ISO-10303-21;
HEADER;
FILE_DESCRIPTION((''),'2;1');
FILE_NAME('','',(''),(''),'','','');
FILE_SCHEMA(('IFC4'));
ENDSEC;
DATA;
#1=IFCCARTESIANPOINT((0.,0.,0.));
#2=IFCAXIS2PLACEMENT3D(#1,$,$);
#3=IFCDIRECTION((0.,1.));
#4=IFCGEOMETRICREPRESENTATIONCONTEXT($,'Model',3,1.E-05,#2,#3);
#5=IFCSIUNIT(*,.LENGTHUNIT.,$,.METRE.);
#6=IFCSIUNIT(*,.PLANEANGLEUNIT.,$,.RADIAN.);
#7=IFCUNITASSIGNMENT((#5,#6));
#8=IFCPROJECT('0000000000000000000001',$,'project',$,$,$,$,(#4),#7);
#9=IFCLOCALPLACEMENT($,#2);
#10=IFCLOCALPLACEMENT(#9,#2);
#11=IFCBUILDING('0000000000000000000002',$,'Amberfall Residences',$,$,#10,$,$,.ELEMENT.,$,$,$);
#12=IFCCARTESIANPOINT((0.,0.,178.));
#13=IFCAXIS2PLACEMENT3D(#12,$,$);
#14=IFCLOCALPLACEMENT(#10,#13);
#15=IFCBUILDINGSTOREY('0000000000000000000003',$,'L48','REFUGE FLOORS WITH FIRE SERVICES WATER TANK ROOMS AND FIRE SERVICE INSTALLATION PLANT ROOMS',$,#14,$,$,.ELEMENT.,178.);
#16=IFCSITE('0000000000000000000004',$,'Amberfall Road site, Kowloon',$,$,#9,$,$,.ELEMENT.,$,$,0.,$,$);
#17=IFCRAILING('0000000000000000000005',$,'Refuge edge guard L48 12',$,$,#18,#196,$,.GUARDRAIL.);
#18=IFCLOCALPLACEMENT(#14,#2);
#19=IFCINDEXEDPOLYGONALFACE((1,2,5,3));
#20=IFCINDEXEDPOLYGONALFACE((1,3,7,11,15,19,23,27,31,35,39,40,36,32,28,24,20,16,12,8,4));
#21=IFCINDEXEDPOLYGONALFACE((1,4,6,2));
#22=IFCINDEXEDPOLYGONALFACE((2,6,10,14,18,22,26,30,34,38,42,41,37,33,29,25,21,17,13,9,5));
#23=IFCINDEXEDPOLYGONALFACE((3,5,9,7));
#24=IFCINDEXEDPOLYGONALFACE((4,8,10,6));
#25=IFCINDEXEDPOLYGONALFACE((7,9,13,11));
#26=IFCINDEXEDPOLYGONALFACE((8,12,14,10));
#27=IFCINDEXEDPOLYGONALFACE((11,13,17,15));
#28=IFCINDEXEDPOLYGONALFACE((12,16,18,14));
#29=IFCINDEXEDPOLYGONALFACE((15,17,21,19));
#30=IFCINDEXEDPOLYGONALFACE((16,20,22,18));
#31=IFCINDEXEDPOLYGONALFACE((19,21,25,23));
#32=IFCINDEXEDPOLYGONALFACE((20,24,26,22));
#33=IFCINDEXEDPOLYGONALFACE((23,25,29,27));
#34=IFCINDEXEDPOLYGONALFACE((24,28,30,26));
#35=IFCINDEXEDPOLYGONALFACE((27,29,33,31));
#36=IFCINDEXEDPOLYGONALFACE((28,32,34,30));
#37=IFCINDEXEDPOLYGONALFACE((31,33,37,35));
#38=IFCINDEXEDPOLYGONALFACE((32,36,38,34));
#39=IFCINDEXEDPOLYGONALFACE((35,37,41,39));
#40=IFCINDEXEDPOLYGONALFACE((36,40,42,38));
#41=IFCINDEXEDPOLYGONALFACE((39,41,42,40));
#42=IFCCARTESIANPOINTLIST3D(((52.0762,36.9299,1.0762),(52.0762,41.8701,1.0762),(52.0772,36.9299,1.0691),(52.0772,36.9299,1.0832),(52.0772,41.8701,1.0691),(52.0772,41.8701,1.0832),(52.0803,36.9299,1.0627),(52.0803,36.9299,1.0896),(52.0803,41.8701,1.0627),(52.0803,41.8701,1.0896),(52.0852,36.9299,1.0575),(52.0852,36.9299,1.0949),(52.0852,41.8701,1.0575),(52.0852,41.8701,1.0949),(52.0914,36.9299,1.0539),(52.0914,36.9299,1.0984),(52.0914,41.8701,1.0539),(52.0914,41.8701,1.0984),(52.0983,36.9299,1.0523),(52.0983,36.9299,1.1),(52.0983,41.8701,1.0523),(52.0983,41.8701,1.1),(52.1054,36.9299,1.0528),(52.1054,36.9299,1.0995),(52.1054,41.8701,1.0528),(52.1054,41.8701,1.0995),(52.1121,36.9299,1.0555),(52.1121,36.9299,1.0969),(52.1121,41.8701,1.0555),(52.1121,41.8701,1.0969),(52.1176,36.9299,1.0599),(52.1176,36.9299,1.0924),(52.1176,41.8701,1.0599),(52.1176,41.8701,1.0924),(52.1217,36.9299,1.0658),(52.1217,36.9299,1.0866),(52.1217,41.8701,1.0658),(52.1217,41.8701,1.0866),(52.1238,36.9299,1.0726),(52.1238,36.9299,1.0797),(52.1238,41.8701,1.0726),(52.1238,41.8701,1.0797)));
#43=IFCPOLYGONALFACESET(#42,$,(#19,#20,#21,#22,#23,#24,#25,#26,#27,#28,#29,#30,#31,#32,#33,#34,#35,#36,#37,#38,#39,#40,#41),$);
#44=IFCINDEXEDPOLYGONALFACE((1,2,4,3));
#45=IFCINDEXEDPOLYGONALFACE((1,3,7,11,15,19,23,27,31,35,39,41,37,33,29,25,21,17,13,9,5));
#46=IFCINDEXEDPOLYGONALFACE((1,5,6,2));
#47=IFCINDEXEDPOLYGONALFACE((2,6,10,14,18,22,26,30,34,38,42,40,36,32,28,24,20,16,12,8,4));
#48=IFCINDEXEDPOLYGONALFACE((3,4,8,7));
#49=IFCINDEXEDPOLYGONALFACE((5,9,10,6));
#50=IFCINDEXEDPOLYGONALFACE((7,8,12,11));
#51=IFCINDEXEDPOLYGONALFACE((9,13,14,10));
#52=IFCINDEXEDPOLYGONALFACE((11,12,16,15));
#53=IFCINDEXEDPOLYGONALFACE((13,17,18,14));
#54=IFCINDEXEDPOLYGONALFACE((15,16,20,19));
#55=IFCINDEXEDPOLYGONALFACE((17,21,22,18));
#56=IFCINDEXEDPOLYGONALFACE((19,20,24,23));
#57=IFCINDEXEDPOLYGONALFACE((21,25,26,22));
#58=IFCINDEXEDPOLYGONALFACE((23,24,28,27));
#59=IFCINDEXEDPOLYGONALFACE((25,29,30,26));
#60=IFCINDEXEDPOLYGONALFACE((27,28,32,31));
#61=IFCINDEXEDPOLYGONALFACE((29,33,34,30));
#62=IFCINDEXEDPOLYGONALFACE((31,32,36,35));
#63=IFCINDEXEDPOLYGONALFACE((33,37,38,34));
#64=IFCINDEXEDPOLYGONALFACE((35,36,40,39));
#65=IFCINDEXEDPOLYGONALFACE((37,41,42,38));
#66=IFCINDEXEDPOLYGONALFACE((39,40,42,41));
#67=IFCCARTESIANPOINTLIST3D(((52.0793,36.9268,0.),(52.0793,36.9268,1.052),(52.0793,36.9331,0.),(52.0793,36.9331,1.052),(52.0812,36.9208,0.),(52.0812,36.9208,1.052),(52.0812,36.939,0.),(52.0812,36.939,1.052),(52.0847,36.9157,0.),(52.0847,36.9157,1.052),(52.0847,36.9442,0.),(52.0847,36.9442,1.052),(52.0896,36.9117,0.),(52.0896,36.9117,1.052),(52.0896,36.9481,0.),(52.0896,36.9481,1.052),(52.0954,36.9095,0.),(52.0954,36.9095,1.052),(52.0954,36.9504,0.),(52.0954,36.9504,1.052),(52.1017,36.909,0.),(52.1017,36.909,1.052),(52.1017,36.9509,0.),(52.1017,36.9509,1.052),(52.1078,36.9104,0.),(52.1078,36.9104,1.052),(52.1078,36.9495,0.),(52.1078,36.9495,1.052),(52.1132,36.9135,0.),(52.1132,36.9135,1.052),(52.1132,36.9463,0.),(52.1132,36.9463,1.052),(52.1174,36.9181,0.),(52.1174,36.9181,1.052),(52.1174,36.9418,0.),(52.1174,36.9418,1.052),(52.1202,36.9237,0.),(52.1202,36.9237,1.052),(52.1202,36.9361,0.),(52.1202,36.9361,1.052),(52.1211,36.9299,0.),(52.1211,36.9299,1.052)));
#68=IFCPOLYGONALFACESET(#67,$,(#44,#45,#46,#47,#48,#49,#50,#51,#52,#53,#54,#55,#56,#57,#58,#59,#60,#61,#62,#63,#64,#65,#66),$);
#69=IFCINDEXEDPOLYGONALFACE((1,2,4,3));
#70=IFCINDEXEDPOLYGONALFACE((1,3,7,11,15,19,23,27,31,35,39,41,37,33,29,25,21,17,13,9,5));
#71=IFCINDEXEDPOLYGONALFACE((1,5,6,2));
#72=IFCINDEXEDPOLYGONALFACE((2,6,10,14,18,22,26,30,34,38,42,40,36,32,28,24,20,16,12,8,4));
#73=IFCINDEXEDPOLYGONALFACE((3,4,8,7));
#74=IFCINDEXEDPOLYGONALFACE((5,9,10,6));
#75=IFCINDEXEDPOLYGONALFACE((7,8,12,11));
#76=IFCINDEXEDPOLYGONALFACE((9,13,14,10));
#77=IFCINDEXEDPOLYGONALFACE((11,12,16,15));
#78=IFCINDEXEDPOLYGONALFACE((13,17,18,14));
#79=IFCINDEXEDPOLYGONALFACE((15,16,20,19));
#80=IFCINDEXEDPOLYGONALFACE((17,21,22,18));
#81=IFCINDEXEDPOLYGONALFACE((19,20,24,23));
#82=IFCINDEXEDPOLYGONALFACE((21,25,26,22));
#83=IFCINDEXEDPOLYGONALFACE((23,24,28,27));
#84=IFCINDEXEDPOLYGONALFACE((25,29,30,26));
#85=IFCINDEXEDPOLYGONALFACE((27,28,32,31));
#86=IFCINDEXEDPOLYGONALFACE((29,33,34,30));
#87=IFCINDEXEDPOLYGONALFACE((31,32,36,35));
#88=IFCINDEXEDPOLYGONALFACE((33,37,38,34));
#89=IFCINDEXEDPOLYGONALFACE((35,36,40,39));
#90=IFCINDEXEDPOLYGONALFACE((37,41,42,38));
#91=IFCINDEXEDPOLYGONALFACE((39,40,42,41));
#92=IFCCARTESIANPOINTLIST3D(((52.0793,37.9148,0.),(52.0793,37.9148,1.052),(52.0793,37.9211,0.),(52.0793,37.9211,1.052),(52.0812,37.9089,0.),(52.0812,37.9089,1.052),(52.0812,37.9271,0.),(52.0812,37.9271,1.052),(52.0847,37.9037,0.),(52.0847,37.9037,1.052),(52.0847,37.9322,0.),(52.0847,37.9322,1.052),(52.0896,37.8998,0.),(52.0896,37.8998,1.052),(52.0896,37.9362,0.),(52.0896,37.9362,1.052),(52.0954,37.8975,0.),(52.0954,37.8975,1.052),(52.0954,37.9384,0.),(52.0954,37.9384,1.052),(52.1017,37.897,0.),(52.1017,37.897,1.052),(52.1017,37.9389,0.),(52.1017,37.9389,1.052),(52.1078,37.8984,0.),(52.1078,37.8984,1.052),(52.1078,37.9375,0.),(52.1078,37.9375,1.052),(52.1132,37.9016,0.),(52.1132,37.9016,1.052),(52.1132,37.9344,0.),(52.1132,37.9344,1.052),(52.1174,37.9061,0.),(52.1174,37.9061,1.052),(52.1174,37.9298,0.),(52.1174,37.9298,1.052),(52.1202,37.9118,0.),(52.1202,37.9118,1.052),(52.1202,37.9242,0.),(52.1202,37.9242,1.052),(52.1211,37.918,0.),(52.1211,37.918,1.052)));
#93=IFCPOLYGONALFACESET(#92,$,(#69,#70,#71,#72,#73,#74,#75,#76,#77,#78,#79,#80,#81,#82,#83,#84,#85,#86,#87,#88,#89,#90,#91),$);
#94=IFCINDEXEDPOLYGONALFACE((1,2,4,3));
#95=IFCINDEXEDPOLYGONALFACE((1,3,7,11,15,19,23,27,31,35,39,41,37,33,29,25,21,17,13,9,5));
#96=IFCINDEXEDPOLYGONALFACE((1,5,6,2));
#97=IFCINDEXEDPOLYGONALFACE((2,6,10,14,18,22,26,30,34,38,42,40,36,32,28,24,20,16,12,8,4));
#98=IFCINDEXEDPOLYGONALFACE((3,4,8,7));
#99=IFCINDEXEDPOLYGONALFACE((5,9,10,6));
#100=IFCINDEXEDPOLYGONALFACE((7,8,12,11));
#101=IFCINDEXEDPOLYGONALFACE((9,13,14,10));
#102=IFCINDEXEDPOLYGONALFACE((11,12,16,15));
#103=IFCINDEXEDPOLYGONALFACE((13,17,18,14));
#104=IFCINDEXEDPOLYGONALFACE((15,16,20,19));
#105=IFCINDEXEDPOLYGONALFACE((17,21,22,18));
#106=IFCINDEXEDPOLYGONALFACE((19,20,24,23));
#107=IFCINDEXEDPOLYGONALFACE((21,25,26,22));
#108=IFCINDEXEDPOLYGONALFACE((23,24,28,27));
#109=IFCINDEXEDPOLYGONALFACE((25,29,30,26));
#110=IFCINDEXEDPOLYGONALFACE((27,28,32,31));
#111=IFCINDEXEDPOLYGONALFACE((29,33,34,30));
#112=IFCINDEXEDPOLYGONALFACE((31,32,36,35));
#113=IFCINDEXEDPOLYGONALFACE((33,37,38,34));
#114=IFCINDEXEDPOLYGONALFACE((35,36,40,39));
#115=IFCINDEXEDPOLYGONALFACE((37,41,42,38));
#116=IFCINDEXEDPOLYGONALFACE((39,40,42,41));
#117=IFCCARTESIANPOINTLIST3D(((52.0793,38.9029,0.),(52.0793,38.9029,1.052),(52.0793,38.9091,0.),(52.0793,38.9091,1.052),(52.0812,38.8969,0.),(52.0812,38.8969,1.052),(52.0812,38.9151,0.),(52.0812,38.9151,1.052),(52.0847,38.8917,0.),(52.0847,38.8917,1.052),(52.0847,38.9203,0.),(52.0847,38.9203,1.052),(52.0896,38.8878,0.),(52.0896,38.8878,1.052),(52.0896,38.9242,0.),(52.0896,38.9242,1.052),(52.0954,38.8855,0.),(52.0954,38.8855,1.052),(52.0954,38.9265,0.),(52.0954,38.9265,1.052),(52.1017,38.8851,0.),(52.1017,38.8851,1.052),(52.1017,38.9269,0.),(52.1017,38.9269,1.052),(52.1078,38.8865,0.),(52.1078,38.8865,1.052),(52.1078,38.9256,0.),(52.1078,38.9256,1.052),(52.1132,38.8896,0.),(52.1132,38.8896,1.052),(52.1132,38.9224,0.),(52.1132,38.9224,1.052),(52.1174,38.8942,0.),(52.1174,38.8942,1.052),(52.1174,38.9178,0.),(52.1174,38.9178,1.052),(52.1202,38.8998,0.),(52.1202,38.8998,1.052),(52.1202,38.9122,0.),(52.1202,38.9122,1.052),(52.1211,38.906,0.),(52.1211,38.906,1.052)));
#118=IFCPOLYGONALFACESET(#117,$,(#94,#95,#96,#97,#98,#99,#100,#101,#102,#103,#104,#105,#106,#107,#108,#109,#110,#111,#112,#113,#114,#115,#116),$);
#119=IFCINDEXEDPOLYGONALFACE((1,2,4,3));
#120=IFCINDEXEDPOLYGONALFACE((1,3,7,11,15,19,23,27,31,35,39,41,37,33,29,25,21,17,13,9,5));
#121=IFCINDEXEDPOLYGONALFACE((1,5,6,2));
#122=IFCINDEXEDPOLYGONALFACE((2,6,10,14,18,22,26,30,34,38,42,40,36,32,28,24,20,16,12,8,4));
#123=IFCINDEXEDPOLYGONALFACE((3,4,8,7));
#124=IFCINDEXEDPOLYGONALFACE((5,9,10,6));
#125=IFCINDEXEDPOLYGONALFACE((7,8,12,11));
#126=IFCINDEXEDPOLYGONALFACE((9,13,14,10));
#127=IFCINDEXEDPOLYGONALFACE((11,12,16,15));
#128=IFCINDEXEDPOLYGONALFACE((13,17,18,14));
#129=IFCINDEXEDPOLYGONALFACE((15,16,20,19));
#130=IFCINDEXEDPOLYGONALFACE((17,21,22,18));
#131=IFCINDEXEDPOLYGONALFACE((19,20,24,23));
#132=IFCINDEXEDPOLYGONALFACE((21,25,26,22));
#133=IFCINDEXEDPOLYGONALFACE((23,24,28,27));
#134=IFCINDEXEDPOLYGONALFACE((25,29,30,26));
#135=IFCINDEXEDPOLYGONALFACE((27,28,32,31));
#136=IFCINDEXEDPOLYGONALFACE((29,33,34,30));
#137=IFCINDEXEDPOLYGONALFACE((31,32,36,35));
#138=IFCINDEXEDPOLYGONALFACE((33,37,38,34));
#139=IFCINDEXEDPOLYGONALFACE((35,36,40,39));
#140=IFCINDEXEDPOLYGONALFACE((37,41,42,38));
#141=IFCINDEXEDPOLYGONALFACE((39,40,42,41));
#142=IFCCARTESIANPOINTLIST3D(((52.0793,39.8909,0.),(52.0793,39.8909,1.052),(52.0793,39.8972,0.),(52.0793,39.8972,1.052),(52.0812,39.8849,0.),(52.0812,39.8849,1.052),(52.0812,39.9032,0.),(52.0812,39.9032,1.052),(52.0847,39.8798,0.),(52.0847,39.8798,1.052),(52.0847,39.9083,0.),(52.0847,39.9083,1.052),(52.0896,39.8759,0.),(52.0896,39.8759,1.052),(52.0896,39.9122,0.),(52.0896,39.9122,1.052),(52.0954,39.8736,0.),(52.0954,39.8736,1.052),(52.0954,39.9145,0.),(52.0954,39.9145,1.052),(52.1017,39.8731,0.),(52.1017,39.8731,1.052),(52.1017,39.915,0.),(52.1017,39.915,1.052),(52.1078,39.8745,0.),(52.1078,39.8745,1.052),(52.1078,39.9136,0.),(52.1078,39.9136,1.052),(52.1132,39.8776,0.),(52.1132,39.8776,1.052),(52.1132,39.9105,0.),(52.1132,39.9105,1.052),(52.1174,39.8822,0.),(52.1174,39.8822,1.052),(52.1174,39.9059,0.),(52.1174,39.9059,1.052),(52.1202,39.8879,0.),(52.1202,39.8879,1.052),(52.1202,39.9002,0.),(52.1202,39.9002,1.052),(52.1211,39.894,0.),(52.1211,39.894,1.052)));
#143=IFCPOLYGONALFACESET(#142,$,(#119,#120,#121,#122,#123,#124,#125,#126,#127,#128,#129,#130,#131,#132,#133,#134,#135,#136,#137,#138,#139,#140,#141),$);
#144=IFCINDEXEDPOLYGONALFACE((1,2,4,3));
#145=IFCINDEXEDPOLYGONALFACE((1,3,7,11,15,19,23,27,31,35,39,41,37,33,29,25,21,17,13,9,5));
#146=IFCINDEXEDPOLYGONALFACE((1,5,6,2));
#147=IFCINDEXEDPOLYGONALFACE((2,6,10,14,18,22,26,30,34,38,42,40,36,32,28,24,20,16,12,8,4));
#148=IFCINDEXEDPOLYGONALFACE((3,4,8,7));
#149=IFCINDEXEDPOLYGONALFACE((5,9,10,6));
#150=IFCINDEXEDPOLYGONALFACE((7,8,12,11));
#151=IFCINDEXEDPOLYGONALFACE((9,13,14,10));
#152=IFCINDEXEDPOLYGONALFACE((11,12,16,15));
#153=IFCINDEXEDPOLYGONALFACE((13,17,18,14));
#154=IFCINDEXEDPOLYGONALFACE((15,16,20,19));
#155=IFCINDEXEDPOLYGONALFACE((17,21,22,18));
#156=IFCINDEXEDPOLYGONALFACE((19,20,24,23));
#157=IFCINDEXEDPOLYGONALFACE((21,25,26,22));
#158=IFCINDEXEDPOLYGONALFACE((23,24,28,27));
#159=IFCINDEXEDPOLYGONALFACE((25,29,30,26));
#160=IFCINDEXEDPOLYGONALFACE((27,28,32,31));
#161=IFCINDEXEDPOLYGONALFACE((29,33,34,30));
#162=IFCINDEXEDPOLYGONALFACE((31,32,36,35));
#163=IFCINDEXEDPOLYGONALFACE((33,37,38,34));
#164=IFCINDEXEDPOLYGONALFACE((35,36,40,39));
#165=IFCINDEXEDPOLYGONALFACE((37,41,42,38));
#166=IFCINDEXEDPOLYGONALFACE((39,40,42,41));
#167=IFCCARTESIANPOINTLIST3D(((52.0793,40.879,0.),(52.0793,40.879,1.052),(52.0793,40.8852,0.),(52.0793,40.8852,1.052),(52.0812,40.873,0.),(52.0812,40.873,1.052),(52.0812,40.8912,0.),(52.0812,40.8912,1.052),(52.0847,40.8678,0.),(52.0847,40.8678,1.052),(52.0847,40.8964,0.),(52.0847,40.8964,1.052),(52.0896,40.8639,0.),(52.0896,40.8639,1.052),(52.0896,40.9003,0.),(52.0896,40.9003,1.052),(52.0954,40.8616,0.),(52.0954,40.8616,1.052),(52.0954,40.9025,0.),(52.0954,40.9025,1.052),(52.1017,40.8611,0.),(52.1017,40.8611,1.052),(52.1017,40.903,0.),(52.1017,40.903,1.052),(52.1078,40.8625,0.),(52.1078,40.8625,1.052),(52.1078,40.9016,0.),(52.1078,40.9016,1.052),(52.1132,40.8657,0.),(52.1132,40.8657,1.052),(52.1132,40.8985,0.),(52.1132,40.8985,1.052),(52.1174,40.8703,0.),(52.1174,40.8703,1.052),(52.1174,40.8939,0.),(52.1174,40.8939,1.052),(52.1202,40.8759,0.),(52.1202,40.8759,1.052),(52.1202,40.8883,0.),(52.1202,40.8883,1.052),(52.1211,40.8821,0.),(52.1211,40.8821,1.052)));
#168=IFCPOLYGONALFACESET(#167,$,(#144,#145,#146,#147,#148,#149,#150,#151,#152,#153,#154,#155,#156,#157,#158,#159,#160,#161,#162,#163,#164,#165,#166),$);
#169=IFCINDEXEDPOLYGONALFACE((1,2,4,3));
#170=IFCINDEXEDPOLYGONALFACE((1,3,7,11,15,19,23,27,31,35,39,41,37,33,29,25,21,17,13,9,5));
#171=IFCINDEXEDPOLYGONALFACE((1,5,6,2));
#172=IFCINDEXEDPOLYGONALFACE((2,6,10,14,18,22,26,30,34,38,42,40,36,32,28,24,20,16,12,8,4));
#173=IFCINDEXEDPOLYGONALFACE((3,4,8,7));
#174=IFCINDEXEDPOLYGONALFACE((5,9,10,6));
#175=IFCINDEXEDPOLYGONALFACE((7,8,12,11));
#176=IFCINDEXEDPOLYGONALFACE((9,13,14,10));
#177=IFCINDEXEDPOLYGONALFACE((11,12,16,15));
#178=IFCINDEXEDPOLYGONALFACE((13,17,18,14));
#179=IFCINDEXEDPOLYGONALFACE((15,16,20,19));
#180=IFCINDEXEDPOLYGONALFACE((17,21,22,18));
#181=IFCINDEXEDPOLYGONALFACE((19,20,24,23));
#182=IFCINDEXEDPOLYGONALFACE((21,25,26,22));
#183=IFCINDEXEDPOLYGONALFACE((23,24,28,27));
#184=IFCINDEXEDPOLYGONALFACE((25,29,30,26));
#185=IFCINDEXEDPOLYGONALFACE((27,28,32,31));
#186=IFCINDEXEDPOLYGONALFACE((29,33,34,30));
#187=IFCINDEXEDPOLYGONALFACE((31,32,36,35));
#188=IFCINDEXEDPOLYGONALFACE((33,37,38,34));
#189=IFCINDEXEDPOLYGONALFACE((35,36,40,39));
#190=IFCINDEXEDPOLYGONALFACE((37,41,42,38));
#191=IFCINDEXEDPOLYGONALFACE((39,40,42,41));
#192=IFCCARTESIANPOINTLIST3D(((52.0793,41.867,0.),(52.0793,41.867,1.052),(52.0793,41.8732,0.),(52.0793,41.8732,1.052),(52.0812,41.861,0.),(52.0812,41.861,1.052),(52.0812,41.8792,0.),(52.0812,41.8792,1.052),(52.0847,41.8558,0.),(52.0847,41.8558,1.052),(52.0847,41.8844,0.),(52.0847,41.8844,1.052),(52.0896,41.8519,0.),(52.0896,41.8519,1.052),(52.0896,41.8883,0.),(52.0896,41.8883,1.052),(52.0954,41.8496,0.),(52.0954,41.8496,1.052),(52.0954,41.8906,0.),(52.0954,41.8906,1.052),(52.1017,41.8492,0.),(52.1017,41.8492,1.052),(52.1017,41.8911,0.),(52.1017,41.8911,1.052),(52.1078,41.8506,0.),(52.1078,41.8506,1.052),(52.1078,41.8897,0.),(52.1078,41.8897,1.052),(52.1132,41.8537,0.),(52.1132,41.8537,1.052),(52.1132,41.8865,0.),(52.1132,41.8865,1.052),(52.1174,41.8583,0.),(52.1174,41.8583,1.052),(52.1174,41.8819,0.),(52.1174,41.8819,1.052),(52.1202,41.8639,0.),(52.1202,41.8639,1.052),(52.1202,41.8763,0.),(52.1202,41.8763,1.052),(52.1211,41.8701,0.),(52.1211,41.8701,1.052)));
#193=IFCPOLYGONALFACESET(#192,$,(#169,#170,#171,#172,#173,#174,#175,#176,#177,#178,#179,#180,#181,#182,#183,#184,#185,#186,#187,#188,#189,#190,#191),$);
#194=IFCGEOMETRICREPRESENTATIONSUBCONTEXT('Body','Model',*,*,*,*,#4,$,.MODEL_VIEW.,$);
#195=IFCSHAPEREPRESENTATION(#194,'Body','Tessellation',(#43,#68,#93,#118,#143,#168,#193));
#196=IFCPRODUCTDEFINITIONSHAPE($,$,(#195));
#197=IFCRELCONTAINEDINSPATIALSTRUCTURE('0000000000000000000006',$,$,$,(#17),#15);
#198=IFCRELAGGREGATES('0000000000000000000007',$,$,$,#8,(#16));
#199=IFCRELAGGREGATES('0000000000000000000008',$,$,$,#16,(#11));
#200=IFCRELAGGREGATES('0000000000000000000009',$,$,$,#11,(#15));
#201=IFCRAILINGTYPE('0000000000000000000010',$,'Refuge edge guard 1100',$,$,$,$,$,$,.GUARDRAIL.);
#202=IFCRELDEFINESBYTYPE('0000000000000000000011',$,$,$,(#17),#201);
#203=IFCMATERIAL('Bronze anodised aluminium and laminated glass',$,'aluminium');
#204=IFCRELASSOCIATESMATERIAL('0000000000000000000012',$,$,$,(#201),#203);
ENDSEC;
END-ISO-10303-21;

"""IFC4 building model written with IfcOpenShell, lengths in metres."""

from ifc_helpers import new_model, si_unit, direction, frame, origin, origin_2d, place, context, subcontext, project, spatial, circle, extrude, material, type_object, element, save


model = new_model("IFC4")

# Units and contexts
model_context = context("Model", 3, precision=1e-05, world=origin(), true_north=direction((0.0, 1.0)))
body_context = subcontext(model_context, "Body", "Model", "MODEL_VIEW")
ifc_project = project(units=[si_unit("LENGTHUNIT", "METRE"), si_unit("PLANEANGLEUNIT", "RADIAN")], contexts=[model_context])

# Site, building, storey
site_placement = place(None, origin())
site = spatial("IfcSite", under=ifc_project, at=site_placement, Name="Amberfall Road site, Kowloon", CompositionType="ELEMENT", RefElevation=0.0)
building_placement = place(site_placement, origin())
building = spatial("IfcBuilding", under=site, at=building_placement, Name="Amberfall Residences", CompositionType="ELEMENT")
storey_placement = place(building_placement, frame((0.0, 0.0, 178.0)))
storey = spatial("IfcBuildingStorey", under=building, at=storey_placement, Name="L48", Description="REFUGE FLOORS WITH FIRE SERVICES WATER TANK ROOMS AND FIRE SERVICE INSTALLATION PLANT ROOMS", CompositionType="ELEMENT", Elevation=178.0)

# Railing
ifc_material_1 = material(Name="Bronze anodised aluminium and laminated glass", Category="aluminium")
railing_type = type_object("IfcRailingType", Name="Refuge edge guard 1100", PredefinedType="GUARDRAIL", material=ifc_material_1)
for number, where, name in (
    (1, (52.1001, 36.9299, 0.0), "Refuge edge guard L48 12"),
):
    element("IfcRailing", number, at=place(storey_placement, frame(where)), inside=storey, type_object=railing_type, Name=name, PredefinedType="GUARDRAIL", context=body_context, shape_type="SweptSolid", body=[
        extrude(circle(Radius=0.0239, at=origin_2d()), frame((0.0, 0.0, 1.0762), z_axis=(0.0, 1.0, 0.0), x_axis=(-1.0, 0.0, 0.0)), (0.0, 0.0, 1.0), 4.9402),
        extrude(circle(Radius=0.021, at=origin_2d()), origin(), (0.0, 0.0, 1.0), 1.052),
        extrude(circle(Radius=0.021, at=origin_2d()), frame((0.0, 0.988, 0.0)), (0.0, 0.0, 1.0), 1.052),
        extrude(circle(Radius=0.021, at=origin_2d()), frame((0.0, 1.9761, 0.0)), (0.0, 0.0, 1.0), 1.052),
        extrude(circle(Radius=0.021, at=origin_2d()), frame((0.0, 2.9641, 0.0)), (0.0, 0.0, 1.0), 1.052),
        extrude(circle(Radius=0.021, at=origin_2d()), frame((0.0, 3.9521, 0.0)), (0.0, 0.0, 1.0), 1.052),
        extrude(circle(Radius=0.021, at=origin_2d()), frame((0.0, 4.9402, 0.0)), (0.0, 0.0, 1.0), 1.052),
    ])

save(model, "model.ifc")
